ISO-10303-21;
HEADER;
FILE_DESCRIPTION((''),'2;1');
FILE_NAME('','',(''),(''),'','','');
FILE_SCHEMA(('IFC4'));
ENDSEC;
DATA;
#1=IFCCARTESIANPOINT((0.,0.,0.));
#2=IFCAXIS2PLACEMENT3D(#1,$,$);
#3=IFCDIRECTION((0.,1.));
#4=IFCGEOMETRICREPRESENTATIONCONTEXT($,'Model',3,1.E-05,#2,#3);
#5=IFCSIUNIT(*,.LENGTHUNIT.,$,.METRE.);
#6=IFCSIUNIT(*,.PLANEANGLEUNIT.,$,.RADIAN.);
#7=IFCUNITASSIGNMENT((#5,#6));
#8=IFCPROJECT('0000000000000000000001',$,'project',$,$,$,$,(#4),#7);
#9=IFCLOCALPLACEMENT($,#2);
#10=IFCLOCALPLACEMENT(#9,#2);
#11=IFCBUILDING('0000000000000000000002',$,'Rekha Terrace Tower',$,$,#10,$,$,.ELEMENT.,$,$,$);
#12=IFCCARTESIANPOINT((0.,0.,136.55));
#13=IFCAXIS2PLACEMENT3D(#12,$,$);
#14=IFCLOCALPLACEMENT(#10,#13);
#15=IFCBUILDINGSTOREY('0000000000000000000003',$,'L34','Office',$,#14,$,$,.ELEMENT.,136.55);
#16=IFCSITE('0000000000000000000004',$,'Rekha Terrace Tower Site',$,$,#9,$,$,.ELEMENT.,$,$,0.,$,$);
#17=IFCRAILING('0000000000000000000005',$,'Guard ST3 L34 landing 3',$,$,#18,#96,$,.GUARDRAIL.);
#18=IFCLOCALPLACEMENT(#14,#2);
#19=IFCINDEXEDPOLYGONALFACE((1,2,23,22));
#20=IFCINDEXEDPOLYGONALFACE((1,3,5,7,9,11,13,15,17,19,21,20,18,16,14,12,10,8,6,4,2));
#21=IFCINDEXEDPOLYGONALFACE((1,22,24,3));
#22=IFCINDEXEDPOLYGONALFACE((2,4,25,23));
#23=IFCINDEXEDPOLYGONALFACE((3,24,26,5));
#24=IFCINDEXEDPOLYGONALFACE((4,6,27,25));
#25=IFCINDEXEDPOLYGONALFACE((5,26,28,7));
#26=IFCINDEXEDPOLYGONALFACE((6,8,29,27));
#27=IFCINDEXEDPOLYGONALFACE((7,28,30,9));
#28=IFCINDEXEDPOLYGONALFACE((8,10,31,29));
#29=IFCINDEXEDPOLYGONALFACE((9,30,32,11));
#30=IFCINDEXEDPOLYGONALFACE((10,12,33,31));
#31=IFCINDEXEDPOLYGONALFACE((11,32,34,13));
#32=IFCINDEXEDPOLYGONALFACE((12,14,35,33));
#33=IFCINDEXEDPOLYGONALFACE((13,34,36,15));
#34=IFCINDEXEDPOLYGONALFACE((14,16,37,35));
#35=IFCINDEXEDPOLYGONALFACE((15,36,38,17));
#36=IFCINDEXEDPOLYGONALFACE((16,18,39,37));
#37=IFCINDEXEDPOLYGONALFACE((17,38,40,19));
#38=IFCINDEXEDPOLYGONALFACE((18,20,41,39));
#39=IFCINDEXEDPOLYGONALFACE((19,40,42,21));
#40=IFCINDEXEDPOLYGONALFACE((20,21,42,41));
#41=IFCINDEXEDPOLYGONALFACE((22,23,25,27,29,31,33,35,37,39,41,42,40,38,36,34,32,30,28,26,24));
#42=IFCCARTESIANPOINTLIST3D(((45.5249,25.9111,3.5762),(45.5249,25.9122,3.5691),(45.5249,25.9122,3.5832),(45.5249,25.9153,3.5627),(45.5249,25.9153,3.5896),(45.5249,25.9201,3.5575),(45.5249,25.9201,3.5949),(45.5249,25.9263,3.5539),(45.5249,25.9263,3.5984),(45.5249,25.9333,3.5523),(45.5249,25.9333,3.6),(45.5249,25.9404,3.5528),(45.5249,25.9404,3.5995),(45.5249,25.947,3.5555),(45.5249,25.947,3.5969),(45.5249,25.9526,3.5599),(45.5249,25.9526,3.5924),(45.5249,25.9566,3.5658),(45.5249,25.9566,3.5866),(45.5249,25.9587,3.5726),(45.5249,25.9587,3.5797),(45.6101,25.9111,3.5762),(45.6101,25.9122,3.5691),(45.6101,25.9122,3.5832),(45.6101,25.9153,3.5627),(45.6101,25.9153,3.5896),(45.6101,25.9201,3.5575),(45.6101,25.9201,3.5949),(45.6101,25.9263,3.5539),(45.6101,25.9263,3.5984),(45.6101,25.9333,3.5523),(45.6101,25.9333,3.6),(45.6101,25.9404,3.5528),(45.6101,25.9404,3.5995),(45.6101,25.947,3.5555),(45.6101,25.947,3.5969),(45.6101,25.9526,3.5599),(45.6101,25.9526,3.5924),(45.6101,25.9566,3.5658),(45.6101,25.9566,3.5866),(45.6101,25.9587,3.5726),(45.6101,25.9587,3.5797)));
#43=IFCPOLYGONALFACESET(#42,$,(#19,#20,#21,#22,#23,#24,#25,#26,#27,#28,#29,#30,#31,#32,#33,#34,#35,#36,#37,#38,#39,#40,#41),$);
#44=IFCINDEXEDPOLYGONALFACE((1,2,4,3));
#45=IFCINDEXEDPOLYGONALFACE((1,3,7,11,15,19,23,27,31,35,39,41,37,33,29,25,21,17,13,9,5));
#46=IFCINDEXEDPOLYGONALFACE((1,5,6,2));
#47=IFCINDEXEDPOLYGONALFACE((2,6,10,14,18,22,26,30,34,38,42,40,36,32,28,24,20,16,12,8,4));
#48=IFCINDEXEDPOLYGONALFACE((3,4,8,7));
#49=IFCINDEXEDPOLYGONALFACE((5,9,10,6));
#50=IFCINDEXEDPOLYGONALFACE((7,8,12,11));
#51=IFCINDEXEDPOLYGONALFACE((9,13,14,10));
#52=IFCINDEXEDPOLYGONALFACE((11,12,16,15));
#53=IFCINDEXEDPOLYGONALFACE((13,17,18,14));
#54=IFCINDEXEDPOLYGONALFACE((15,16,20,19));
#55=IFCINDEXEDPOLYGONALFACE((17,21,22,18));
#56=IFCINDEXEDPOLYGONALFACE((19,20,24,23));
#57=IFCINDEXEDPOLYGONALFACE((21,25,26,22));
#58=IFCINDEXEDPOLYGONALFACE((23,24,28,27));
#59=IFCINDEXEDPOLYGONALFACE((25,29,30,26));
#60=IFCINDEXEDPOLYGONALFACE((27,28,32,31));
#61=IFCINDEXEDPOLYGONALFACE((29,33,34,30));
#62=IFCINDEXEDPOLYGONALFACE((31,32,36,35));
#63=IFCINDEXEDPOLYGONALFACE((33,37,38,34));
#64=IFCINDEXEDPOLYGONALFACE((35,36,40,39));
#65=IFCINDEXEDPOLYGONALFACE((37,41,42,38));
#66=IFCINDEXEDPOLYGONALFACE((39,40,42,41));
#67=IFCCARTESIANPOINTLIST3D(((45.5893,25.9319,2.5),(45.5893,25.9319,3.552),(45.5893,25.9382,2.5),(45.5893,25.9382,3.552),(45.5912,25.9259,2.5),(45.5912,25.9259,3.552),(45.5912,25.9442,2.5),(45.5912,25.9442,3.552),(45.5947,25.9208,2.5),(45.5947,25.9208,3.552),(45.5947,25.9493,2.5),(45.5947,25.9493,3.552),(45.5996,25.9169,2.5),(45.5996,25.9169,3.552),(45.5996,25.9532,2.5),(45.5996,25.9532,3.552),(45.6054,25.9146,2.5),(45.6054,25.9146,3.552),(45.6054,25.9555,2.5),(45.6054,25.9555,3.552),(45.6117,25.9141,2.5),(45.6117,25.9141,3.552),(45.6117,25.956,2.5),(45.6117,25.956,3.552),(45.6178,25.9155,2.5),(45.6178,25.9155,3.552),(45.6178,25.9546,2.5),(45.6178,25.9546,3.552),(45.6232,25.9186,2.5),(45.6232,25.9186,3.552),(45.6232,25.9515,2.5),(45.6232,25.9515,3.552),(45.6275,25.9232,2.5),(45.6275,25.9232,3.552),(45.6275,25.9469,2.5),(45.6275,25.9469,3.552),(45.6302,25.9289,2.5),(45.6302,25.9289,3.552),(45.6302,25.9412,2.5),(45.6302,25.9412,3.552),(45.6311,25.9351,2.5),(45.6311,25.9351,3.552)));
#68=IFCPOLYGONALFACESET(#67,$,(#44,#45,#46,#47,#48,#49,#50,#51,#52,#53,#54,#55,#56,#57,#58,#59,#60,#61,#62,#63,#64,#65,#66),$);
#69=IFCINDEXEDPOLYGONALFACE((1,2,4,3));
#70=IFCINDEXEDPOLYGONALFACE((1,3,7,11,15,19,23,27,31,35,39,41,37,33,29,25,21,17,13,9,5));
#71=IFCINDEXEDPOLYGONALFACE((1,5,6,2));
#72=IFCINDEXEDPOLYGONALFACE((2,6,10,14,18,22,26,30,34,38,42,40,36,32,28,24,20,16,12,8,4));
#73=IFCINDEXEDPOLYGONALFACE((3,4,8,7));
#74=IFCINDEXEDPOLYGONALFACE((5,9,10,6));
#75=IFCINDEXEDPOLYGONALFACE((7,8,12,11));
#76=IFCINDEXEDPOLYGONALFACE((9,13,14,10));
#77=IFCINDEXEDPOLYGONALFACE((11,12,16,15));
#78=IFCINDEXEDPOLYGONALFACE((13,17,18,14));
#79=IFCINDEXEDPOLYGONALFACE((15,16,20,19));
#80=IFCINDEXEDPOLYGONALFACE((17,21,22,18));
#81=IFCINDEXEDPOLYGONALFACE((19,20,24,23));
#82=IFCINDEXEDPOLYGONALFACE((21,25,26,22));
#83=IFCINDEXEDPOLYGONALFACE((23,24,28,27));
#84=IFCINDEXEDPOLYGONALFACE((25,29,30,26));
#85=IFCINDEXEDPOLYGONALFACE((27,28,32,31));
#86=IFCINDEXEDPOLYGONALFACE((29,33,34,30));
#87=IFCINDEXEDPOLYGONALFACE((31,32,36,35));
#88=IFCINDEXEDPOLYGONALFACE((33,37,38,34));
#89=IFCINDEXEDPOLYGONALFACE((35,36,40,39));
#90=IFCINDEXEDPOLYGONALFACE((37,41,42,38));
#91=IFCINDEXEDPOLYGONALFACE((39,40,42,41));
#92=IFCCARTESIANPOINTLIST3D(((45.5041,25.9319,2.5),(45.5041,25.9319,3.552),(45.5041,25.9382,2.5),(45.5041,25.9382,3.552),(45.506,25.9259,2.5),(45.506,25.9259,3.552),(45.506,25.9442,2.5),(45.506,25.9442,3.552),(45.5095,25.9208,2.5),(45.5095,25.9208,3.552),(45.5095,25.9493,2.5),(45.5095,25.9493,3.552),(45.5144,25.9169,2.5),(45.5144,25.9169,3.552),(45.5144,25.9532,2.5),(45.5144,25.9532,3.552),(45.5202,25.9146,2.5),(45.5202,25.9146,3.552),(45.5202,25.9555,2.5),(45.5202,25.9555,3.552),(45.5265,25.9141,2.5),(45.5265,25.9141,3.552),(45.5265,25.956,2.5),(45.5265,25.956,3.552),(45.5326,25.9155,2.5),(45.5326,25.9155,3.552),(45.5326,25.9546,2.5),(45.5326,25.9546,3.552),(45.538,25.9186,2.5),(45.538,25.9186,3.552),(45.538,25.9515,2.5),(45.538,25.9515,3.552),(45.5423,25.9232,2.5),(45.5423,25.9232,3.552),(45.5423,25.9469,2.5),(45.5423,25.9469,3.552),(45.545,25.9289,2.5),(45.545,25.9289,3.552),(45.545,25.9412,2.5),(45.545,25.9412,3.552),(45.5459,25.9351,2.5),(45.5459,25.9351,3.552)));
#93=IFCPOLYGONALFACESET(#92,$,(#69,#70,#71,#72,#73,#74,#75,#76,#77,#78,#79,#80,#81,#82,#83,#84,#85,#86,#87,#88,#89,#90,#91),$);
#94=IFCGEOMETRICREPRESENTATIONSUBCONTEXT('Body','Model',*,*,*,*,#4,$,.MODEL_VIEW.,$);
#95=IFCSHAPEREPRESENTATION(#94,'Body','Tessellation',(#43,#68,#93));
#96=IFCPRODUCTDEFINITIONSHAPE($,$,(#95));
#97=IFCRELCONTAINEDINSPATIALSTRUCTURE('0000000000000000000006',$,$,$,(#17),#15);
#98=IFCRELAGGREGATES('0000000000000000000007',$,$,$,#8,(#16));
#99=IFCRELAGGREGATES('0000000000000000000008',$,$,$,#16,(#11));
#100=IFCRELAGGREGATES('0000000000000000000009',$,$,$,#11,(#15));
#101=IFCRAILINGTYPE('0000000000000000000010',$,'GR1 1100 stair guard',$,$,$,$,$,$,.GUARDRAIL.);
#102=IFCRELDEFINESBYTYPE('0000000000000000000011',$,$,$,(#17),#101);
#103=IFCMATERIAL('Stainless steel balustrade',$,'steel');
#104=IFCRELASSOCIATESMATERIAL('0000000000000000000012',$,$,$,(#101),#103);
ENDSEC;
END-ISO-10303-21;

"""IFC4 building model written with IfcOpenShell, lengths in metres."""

from ifc_helpers import new_model, si_unit, direction, frame, origin, origin_2d, place, context, subcontext, project, spatial, circle, extrude, material, type_object, element, save


model = new_model("IFC4")

# Units and contexts
model_context = context("Model", 3, precision=1e-05, world=origin(), true_north=direction((0.0, 1.0)))
body_context = subcontext(model_context, "Body", "Model", "MODEL_VIEW")
ifc_project = project(units=[si_unit("LENGTHUNIT", "METRE"), si_unit("PLANEANGLEUNIT", "RADIAN")], contexts=[model_context])

# Site, building, storey
site_placement = place(None, origin())
site = spatial("IfcSite", under=ifc_project, at=site_placement, Name="Rekha Terrace Tower Site", CompositionType="ELEMENT", RefElevation=0.0)
building_placement = place(site_placement, origin())
building = spatial("IfcBuilding", under=site, at=building_placement, Name="Rekha Terrace Tower", CompositionType="ELEMENT")
storey_placement = place(building_placement, frame((0.0, 0.0, 136.55)))
storey = spatial("IfcBuildingStorey", under=building, at=storey_placement, Name="L34", Description="Office", CompositionType="ELEMENT", Elevation=136.55)

# Railing
ifc_material_1 = material(Name="Stainless steel balustrade", Category="steel")
railing_type_1 = type_object("IfcRailingType", Name="GR1 1100 stair guard", PredefinedType="GUARDRAIL", material=ifc_material_1)
railing_1_placement = place(storey_placement, frame((45.6101, 25.9351, 2.5)))
element("IfcRailing", 1, at=railing_1_placement, inside=storey, type_object=railing_type_1, Name="Guard ST3 L34 landing 3", PredefinedType="GUARDRAIL", context=body_context, shape_type="SweptSolid", body=[
    extrude(circle(Radius=0.0239, at=origin_2d()), frame((0.0, 0.0, 1.0762), z_axis=(-1.0, 0.0, 0.0), x_axis=(0.0, -1.0, 0.0)), (0.0, 0.0, 1.0), 0.0852),
    extrude(circle(Radius=0.021, at=origin_2d()), origin(), (0.0, 0.0, 1.0), 1.052),
    extrude(circle(Radius=0.021, at=origin_2d()), frame((-0.0852, 0.0, 0.0)), (0.0, 0.0, 1.0), 1.052),
])

save(model, "model.ifc")
